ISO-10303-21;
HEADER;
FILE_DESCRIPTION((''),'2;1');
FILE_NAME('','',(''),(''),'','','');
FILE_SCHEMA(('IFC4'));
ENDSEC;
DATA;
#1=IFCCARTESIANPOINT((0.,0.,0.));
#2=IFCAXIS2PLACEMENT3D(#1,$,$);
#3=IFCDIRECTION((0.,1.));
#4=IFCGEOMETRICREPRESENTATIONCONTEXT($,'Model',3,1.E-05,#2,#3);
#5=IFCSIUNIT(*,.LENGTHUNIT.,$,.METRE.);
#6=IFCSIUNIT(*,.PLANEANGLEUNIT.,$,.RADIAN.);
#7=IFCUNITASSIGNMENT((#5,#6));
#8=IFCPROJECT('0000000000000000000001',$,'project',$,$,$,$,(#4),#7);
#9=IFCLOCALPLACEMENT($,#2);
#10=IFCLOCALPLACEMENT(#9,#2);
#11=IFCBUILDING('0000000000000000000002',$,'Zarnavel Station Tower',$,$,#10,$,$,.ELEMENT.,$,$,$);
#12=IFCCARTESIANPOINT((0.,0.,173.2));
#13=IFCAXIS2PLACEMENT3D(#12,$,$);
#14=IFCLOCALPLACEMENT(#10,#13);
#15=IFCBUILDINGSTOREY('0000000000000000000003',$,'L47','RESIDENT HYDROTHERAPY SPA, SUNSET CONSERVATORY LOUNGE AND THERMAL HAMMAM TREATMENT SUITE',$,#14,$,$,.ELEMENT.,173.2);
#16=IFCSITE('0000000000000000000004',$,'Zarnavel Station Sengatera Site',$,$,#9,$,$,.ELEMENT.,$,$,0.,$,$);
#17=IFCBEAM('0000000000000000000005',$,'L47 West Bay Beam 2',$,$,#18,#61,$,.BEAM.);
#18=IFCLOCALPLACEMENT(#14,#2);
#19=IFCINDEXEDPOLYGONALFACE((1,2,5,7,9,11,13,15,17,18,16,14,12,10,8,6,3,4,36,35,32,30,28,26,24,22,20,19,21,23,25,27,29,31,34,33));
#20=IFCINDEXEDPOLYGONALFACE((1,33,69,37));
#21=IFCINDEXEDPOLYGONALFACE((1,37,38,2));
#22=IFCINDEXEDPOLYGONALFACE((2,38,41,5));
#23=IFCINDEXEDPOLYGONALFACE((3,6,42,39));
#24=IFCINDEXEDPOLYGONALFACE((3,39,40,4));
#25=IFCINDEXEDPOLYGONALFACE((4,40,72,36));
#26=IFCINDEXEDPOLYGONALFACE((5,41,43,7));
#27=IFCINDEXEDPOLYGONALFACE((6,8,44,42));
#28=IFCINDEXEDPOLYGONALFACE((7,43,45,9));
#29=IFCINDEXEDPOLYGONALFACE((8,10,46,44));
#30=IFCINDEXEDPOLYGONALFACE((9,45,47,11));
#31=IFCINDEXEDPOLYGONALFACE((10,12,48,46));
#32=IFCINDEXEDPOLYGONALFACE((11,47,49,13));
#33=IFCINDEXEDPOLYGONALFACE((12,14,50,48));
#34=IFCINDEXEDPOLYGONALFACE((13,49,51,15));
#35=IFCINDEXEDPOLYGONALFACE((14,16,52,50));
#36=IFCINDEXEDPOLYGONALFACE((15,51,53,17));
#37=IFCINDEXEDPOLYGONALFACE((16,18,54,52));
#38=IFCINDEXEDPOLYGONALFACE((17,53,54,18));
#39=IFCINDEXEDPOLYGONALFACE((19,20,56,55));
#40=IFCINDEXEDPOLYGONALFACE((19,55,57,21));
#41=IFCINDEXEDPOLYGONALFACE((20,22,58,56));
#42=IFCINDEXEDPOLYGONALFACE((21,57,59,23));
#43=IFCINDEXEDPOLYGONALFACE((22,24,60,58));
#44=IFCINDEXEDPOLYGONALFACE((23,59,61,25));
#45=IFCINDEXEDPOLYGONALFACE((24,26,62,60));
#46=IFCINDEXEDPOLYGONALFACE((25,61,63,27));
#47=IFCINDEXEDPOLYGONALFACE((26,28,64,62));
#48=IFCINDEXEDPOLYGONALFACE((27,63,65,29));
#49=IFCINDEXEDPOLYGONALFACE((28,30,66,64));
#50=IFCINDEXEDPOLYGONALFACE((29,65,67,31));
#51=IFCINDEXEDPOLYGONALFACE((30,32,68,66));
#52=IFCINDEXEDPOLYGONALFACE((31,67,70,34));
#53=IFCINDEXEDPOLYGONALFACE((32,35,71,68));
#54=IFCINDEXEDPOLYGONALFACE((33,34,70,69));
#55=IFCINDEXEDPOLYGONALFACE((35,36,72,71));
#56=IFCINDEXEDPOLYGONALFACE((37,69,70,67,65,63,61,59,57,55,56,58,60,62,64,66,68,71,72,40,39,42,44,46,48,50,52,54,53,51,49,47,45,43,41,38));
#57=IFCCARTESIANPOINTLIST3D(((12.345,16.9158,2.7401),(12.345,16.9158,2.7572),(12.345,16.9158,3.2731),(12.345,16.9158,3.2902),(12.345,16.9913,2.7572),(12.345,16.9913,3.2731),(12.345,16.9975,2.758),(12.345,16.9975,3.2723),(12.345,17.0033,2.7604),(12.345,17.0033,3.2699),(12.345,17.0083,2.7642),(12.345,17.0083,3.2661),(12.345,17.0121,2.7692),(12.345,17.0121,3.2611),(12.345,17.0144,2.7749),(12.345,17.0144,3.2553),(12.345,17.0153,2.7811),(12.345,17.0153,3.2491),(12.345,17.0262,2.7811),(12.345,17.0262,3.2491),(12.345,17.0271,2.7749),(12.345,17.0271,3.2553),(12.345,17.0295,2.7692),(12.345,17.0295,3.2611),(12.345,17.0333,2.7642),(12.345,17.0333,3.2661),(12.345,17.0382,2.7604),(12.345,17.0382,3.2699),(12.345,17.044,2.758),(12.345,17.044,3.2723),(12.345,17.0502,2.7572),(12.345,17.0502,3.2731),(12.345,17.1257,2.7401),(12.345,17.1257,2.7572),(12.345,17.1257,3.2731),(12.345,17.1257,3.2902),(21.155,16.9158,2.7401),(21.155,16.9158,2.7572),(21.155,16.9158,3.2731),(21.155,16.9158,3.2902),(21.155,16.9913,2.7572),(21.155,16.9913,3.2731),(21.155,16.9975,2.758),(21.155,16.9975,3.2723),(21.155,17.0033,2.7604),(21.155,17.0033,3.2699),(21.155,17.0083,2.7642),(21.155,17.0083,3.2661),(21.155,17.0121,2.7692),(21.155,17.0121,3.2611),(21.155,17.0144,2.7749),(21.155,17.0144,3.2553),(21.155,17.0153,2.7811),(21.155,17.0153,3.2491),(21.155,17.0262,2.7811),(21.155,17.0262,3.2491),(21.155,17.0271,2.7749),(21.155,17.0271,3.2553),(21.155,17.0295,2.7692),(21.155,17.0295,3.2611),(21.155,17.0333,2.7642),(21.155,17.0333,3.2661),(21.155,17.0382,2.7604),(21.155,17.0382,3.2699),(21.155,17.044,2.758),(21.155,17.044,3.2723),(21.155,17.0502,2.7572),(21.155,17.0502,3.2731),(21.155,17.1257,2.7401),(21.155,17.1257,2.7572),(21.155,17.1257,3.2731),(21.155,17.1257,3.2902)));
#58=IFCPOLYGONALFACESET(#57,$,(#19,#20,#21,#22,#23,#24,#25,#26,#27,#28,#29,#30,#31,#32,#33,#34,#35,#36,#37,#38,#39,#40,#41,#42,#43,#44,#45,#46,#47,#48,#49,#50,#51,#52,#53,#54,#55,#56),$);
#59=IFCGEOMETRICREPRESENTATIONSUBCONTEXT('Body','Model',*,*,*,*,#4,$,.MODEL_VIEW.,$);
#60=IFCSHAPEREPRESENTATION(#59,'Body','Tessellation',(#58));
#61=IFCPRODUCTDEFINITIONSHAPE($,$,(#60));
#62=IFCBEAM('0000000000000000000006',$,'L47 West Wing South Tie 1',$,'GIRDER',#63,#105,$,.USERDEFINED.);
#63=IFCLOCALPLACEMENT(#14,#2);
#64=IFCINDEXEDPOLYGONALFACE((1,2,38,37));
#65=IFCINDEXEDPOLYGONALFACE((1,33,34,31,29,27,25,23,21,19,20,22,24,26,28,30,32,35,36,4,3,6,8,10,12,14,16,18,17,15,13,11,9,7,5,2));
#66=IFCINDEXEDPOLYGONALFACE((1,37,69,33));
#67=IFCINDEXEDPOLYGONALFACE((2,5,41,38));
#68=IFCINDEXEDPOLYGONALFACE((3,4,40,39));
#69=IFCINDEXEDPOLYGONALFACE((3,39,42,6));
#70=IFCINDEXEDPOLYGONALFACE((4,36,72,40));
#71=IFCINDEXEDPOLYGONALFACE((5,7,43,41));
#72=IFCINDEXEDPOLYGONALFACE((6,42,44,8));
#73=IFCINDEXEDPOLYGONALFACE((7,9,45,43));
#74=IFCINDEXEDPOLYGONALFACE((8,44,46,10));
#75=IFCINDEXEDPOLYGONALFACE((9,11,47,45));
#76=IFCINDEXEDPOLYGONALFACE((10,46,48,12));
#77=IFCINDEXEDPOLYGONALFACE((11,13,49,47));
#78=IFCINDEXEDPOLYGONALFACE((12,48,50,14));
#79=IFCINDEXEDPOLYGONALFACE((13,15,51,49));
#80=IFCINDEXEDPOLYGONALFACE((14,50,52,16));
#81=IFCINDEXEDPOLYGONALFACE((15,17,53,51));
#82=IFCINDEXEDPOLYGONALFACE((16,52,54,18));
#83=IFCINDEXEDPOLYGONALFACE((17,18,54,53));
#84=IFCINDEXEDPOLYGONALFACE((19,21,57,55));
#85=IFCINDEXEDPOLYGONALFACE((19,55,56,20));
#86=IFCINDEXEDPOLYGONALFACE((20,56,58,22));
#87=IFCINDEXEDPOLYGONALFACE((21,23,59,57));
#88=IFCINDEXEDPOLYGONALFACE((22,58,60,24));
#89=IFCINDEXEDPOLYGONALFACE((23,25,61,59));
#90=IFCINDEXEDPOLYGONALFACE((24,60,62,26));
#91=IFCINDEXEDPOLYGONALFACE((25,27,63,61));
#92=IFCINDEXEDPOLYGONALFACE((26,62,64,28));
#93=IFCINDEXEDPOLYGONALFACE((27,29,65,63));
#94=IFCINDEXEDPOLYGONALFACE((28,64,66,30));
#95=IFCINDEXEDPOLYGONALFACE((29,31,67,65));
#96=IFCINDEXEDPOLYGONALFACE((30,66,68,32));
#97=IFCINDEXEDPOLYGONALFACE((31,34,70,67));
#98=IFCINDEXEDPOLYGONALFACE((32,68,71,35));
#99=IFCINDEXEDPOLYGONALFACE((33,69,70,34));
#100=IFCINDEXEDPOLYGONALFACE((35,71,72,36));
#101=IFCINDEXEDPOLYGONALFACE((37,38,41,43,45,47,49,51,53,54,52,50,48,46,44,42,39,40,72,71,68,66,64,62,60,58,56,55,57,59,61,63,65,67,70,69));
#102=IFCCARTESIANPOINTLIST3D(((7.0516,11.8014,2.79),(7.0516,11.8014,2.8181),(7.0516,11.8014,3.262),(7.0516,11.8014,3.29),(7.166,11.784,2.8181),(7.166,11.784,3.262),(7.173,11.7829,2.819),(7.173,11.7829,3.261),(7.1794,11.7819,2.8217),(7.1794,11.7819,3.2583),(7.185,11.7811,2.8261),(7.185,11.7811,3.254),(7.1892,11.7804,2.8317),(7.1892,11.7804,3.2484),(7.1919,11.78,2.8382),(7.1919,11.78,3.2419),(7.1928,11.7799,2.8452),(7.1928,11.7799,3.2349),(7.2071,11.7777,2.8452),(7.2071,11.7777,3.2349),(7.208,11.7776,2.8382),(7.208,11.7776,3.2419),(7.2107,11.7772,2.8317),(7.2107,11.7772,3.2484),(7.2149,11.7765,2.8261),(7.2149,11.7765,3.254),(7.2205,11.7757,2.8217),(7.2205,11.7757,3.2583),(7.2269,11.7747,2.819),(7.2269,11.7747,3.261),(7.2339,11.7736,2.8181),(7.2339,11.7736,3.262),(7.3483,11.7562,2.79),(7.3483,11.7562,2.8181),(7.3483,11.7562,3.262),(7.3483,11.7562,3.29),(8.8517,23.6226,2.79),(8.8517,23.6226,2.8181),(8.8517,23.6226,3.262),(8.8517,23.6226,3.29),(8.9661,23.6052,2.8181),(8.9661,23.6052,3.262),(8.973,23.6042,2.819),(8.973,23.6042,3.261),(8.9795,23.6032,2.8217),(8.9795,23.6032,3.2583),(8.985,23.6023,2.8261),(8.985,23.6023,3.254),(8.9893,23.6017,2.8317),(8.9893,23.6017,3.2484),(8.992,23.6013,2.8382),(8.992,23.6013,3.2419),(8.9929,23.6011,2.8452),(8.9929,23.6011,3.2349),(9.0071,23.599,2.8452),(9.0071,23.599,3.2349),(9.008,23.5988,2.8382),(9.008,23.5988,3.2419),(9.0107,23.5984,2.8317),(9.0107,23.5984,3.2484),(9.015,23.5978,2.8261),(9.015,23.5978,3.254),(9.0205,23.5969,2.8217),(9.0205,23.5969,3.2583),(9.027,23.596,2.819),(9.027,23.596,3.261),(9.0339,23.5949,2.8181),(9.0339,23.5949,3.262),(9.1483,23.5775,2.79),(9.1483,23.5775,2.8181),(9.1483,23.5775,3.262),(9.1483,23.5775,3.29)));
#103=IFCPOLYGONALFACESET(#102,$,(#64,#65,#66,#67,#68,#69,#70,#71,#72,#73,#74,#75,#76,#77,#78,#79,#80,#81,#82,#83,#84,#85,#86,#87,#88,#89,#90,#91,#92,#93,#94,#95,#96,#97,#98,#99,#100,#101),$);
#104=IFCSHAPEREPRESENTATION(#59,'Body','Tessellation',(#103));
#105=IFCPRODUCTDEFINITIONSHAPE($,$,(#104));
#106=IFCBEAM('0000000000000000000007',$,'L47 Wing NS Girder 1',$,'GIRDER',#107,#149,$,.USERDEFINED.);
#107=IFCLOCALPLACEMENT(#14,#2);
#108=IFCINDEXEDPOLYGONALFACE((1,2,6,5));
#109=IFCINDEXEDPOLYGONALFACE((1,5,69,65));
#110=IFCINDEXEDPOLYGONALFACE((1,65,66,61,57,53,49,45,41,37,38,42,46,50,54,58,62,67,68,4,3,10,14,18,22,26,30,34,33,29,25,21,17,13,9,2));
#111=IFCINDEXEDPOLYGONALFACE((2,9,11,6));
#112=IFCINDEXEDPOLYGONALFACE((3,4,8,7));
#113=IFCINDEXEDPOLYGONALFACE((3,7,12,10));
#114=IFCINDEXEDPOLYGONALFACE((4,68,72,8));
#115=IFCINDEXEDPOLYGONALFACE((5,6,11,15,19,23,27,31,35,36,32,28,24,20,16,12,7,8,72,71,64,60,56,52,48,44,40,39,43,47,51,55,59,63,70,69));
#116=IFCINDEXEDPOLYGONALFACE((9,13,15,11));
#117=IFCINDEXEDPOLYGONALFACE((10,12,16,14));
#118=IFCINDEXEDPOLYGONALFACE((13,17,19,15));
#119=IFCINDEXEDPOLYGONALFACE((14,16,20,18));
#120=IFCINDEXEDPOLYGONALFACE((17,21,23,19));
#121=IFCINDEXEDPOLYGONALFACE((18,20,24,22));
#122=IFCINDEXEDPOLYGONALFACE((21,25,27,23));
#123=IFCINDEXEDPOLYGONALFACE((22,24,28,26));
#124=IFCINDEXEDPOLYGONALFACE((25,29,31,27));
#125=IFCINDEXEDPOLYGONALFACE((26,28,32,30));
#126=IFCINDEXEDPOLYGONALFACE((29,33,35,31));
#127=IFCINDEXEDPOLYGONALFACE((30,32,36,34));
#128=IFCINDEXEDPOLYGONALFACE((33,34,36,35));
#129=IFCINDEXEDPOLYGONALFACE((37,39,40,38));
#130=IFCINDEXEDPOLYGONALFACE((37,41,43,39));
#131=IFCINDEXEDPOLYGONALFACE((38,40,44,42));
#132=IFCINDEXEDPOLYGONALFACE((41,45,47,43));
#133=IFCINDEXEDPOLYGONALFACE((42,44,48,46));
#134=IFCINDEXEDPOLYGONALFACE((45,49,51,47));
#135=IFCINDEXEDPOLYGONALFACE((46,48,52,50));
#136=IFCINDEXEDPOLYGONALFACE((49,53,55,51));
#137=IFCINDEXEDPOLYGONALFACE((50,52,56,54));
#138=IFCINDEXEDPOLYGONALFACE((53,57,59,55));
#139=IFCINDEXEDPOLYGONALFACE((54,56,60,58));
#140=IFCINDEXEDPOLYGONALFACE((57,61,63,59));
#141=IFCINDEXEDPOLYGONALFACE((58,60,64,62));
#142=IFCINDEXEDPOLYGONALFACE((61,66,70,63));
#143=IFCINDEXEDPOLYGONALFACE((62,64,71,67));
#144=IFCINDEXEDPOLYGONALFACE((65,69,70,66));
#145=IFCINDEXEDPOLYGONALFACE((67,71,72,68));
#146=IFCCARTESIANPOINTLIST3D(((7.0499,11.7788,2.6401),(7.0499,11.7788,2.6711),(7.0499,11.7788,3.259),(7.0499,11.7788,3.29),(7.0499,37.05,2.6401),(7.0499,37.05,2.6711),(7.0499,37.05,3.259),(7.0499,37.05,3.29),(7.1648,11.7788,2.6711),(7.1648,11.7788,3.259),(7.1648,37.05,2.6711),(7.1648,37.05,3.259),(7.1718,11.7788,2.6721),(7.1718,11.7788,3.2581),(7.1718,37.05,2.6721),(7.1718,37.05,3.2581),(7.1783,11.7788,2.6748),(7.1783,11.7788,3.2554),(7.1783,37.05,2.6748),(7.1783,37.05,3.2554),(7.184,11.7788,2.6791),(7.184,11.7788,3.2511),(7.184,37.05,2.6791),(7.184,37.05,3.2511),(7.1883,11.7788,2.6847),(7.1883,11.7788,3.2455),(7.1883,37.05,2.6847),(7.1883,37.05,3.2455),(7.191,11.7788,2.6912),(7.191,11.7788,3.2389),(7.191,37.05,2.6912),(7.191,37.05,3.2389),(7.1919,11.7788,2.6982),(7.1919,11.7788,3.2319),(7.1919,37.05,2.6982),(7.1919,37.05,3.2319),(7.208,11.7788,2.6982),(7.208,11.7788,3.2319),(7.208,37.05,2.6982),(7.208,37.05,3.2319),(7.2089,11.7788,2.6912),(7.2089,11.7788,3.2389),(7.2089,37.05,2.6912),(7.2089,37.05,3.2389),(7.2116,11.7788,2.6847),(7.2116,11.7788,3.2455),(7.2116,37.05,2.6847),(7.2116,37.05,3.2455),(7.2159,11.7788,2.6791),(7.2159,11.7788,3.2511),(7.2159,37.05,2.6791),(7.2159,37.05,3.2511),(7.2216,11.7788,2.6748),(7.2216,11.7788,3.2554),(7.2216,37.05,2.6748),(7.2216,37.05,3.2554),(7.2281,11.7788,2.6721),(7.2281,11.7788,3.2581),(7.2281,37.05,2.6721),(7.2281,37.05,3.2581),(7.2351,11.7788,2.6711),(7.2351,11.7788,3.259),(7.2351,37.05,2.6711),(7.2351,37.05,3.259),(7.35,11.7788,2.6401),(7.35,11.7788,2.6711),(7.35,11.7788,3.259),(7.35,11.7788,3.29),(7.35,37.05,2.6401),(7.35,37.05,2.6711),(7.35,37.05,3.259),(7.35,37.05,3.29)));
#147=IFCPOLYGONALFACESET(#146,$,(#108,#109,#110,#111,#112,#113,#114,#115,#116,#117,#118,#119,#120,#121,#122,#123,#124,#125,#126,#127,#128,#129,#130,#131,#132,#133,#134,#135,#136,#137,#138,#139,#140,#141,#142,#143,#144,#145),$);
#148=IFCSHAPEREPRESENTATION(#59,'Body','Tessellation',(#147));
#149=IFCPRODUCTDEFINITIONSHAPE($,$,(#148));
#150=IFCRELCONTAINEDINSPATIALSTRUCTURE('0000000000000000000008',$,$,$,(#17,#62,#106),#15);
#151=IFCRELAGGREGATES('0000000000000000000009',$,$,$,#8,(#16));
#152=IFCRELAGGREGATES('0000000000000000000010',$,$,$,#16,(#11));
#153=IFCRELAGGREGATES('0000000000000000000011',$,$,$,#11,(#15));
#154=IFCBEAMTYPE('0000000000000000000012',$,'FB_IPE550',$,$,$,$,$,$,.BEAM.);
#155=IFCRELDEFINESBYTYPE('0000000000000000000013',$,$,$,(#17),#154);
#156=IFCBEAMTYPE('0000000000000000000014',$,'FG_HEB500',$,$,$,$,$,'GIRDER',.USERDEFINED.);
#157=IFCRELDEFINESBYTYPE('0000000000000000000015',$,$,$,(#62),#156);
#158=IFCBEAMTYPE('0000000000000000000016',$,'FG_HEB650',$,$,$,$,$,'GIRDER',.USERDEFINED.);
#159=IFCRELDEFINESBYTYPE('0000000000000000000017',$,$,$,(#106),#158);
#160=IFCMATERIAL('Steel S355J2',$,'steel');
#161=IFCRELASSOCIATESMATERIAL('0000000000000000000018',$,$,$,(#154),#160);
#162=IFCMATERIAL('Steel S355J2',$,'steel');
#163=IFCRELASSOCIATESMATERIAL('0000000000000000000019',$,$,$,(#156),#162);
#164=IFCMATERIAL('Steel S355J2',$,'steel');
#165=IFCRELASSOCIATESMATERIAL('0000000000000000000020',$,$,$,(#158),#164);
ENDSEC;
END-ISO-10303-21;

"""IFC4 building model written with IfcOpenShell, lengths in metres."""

from ifc_helpers import new_model, si_unit, direction, frame, origin, origin_2d, place, context, subcontext, project, spatial, i_section, extrude, material, material_profile, profile_set, type_object, element, save


model = new_model("IFC4")

# Units and contexts
model_context = context("Model", 3, precision=1e-05, world=origin(), true_north=direction((0.0, 1.0)))
body_context = subcontext(model_context, "Body", "Model", "MODEL_VIEW")
ifc_project = project(units=[si_unit("LENGTHUNIT", "METRE"), si_unit("PLANEANGLEUNIT", "RADIAN")], contexts=[model_context])

# Site, building, storey
site_placement = place(None, origin())
site = spatial("IfcSite", under=ifc_project, at=site_placement, Name="Zarnavel Station Sengatera Site", CompositionType="ELEMENT", RefElevation=0.0)
building_placement = place(site_placement, origin())
building = spatial("IfcBuilding", under=site, at=building_placement, Name="Zarnavel Station Tower", CompositionType="ELEMENT")
storey_placement = place(building_placement, frame((0.0, 0.0, 173.2)))
storey = spatial("IfcBuildingStorey", under=building, at=storey_placement, Name="L47", Description="RESIDENT HYDROTHERAPY SPA, SUNSET CONSERVATORY LOUNGE AND THERMAL HAMMAM TREATMENT SUITE", CompositionType="ELEMENT", Elevation=173.2)

# Beams
ifc_material_1 = material(Name="Steel S355J2", Category="steel")
ifc_material_profile_1 = material_profile(ifc_material_1, i_section(OverallWidth=0.21, OverallDepth=0.55, WebThickness=0.011, FlangeThickness=0.0171, FilletRadius=0.0239, at=origin_2d()), Name="IPE550")
ifc_profile_set_1 = profile_set([ifc_material_profile_1], Name="Steel S355J2")
beam_type_1 = type_object("IfcBeamType", Name="FB_IPE550", PredefinedType="BEAM", material=ifc_profile_set_1)
beam_1_placement = place(storey_placement, frame((12.345, 17.0208, 3.0151), z_axis=(1.0, 0.0, 0.0), x_axis=(0.0, 1.0, 0.0)))
element("IfcBeam", 1, at=beam_1_placement, inside=storey, type_object=beam_type_1, Name="L47 West Bay Beam 2", PredefinedType="BEAM", context=body_context, shape_type="SweptSolid", body=[
    extrude(i_section(OverallWidth=0.21, OverallDepth=0.55, WebThickness=0.011, FlangeThickness=0.0171, FilletRadius=0.0239, at=origin_2d()), origin(), (0.0, 0.0, 1.0), 8.8101),
])
ifc_material_2 = material(Name="Steel S355J2", Category="steel")
ifc_material_profile_2 = material_profile(ifc_material_2, i_section(OverallWidth=0.3, OverallDepth=0.5, WebThickness=0.0144, FlangeThickness=0.0281, FilletRadius=0.0271, at=origin_2d()), Name="HEB500")
ifc_profile_set_2 = profile_set([ifc_material_profile_2], Name="Steel S355J2")
beam_type_2 = type_object("IfcBeamType", Name="FG_HEB500", ElementType="GIRDER", PredefinedType="USERDEFINED", material=ifc_profile_set_2)
beam_2_placement = place(storey_placement, frame((7.2, 11.7788, 3.04), z_axis=(0.150537, 0.988604, 0.0), x_axis=(-0.988604, 0.150537, 0.0)))
element("IfcBeam", 2, at=beam_2_placement, inside=storey, type_object=beam_type_2, Name="L47 West Wing South Tie 1", ObjectType="GIRDER", PredefinedType="USERDEFINED", context=body_context, shape_type="SweptSolid", body=[
    extrude(i_section(OverallWidth=0.3, OverallDepth=0.5, WebThickness=0.0144, FlangeThickness=0.0281, FilletRadius=0.0271, at=origin_2d()), origin(), (0.0, 0.0, 1.0), 11.9575),
])
ifc_material_3 = material(Name="Steel S355J2", Category="steel")
ifc_material_profile_3 = material_profile(ifc_material_3, i_section(OverallWidth=0.3, OverallDepth=0.6499, WebThickness=0.0161, FlangeThickness=0.031, FilletRadius=0.0271, at=origin_2d()), Name="HEB650")
ifc_profile_set_3 = profile_set([ifc_material_profile_3], Name="Steel S355J2")
beam_type_3 = type_object("IfcBeamType", Name="FG_HEB650", ElementType="GIRDER", PredefinedType="USERDEFINED", material=ifc_profile_set_3)
beam_3_placement = place(storey_placement, frame((7.2, 11.7788, 2.9651), z_axis=(0.0, 1.0, 0.0), x_axis=(-1.0, 0.0, 0.0)))
element("IfcBeam", 3, at=beam_3_placement, inside=storey, type_object=beam_type_3, Name="L47 Wing NS Girder 1", ObjectType="GIRDER", PredefinedType="USERDEFINED", context=body_context, shape_type="SweptSolid", body=[
    extrude(i_section(OverallWidth=0.3, OverallDepth=0.6499, WebThickness=0.0161, FlangeThickness=0.031, FilletRadius=0.0271, at=origin_2d()), origin(), (0.0, 0.0, 1.0), 25.2712),
])

save(model, "model.ifc")
